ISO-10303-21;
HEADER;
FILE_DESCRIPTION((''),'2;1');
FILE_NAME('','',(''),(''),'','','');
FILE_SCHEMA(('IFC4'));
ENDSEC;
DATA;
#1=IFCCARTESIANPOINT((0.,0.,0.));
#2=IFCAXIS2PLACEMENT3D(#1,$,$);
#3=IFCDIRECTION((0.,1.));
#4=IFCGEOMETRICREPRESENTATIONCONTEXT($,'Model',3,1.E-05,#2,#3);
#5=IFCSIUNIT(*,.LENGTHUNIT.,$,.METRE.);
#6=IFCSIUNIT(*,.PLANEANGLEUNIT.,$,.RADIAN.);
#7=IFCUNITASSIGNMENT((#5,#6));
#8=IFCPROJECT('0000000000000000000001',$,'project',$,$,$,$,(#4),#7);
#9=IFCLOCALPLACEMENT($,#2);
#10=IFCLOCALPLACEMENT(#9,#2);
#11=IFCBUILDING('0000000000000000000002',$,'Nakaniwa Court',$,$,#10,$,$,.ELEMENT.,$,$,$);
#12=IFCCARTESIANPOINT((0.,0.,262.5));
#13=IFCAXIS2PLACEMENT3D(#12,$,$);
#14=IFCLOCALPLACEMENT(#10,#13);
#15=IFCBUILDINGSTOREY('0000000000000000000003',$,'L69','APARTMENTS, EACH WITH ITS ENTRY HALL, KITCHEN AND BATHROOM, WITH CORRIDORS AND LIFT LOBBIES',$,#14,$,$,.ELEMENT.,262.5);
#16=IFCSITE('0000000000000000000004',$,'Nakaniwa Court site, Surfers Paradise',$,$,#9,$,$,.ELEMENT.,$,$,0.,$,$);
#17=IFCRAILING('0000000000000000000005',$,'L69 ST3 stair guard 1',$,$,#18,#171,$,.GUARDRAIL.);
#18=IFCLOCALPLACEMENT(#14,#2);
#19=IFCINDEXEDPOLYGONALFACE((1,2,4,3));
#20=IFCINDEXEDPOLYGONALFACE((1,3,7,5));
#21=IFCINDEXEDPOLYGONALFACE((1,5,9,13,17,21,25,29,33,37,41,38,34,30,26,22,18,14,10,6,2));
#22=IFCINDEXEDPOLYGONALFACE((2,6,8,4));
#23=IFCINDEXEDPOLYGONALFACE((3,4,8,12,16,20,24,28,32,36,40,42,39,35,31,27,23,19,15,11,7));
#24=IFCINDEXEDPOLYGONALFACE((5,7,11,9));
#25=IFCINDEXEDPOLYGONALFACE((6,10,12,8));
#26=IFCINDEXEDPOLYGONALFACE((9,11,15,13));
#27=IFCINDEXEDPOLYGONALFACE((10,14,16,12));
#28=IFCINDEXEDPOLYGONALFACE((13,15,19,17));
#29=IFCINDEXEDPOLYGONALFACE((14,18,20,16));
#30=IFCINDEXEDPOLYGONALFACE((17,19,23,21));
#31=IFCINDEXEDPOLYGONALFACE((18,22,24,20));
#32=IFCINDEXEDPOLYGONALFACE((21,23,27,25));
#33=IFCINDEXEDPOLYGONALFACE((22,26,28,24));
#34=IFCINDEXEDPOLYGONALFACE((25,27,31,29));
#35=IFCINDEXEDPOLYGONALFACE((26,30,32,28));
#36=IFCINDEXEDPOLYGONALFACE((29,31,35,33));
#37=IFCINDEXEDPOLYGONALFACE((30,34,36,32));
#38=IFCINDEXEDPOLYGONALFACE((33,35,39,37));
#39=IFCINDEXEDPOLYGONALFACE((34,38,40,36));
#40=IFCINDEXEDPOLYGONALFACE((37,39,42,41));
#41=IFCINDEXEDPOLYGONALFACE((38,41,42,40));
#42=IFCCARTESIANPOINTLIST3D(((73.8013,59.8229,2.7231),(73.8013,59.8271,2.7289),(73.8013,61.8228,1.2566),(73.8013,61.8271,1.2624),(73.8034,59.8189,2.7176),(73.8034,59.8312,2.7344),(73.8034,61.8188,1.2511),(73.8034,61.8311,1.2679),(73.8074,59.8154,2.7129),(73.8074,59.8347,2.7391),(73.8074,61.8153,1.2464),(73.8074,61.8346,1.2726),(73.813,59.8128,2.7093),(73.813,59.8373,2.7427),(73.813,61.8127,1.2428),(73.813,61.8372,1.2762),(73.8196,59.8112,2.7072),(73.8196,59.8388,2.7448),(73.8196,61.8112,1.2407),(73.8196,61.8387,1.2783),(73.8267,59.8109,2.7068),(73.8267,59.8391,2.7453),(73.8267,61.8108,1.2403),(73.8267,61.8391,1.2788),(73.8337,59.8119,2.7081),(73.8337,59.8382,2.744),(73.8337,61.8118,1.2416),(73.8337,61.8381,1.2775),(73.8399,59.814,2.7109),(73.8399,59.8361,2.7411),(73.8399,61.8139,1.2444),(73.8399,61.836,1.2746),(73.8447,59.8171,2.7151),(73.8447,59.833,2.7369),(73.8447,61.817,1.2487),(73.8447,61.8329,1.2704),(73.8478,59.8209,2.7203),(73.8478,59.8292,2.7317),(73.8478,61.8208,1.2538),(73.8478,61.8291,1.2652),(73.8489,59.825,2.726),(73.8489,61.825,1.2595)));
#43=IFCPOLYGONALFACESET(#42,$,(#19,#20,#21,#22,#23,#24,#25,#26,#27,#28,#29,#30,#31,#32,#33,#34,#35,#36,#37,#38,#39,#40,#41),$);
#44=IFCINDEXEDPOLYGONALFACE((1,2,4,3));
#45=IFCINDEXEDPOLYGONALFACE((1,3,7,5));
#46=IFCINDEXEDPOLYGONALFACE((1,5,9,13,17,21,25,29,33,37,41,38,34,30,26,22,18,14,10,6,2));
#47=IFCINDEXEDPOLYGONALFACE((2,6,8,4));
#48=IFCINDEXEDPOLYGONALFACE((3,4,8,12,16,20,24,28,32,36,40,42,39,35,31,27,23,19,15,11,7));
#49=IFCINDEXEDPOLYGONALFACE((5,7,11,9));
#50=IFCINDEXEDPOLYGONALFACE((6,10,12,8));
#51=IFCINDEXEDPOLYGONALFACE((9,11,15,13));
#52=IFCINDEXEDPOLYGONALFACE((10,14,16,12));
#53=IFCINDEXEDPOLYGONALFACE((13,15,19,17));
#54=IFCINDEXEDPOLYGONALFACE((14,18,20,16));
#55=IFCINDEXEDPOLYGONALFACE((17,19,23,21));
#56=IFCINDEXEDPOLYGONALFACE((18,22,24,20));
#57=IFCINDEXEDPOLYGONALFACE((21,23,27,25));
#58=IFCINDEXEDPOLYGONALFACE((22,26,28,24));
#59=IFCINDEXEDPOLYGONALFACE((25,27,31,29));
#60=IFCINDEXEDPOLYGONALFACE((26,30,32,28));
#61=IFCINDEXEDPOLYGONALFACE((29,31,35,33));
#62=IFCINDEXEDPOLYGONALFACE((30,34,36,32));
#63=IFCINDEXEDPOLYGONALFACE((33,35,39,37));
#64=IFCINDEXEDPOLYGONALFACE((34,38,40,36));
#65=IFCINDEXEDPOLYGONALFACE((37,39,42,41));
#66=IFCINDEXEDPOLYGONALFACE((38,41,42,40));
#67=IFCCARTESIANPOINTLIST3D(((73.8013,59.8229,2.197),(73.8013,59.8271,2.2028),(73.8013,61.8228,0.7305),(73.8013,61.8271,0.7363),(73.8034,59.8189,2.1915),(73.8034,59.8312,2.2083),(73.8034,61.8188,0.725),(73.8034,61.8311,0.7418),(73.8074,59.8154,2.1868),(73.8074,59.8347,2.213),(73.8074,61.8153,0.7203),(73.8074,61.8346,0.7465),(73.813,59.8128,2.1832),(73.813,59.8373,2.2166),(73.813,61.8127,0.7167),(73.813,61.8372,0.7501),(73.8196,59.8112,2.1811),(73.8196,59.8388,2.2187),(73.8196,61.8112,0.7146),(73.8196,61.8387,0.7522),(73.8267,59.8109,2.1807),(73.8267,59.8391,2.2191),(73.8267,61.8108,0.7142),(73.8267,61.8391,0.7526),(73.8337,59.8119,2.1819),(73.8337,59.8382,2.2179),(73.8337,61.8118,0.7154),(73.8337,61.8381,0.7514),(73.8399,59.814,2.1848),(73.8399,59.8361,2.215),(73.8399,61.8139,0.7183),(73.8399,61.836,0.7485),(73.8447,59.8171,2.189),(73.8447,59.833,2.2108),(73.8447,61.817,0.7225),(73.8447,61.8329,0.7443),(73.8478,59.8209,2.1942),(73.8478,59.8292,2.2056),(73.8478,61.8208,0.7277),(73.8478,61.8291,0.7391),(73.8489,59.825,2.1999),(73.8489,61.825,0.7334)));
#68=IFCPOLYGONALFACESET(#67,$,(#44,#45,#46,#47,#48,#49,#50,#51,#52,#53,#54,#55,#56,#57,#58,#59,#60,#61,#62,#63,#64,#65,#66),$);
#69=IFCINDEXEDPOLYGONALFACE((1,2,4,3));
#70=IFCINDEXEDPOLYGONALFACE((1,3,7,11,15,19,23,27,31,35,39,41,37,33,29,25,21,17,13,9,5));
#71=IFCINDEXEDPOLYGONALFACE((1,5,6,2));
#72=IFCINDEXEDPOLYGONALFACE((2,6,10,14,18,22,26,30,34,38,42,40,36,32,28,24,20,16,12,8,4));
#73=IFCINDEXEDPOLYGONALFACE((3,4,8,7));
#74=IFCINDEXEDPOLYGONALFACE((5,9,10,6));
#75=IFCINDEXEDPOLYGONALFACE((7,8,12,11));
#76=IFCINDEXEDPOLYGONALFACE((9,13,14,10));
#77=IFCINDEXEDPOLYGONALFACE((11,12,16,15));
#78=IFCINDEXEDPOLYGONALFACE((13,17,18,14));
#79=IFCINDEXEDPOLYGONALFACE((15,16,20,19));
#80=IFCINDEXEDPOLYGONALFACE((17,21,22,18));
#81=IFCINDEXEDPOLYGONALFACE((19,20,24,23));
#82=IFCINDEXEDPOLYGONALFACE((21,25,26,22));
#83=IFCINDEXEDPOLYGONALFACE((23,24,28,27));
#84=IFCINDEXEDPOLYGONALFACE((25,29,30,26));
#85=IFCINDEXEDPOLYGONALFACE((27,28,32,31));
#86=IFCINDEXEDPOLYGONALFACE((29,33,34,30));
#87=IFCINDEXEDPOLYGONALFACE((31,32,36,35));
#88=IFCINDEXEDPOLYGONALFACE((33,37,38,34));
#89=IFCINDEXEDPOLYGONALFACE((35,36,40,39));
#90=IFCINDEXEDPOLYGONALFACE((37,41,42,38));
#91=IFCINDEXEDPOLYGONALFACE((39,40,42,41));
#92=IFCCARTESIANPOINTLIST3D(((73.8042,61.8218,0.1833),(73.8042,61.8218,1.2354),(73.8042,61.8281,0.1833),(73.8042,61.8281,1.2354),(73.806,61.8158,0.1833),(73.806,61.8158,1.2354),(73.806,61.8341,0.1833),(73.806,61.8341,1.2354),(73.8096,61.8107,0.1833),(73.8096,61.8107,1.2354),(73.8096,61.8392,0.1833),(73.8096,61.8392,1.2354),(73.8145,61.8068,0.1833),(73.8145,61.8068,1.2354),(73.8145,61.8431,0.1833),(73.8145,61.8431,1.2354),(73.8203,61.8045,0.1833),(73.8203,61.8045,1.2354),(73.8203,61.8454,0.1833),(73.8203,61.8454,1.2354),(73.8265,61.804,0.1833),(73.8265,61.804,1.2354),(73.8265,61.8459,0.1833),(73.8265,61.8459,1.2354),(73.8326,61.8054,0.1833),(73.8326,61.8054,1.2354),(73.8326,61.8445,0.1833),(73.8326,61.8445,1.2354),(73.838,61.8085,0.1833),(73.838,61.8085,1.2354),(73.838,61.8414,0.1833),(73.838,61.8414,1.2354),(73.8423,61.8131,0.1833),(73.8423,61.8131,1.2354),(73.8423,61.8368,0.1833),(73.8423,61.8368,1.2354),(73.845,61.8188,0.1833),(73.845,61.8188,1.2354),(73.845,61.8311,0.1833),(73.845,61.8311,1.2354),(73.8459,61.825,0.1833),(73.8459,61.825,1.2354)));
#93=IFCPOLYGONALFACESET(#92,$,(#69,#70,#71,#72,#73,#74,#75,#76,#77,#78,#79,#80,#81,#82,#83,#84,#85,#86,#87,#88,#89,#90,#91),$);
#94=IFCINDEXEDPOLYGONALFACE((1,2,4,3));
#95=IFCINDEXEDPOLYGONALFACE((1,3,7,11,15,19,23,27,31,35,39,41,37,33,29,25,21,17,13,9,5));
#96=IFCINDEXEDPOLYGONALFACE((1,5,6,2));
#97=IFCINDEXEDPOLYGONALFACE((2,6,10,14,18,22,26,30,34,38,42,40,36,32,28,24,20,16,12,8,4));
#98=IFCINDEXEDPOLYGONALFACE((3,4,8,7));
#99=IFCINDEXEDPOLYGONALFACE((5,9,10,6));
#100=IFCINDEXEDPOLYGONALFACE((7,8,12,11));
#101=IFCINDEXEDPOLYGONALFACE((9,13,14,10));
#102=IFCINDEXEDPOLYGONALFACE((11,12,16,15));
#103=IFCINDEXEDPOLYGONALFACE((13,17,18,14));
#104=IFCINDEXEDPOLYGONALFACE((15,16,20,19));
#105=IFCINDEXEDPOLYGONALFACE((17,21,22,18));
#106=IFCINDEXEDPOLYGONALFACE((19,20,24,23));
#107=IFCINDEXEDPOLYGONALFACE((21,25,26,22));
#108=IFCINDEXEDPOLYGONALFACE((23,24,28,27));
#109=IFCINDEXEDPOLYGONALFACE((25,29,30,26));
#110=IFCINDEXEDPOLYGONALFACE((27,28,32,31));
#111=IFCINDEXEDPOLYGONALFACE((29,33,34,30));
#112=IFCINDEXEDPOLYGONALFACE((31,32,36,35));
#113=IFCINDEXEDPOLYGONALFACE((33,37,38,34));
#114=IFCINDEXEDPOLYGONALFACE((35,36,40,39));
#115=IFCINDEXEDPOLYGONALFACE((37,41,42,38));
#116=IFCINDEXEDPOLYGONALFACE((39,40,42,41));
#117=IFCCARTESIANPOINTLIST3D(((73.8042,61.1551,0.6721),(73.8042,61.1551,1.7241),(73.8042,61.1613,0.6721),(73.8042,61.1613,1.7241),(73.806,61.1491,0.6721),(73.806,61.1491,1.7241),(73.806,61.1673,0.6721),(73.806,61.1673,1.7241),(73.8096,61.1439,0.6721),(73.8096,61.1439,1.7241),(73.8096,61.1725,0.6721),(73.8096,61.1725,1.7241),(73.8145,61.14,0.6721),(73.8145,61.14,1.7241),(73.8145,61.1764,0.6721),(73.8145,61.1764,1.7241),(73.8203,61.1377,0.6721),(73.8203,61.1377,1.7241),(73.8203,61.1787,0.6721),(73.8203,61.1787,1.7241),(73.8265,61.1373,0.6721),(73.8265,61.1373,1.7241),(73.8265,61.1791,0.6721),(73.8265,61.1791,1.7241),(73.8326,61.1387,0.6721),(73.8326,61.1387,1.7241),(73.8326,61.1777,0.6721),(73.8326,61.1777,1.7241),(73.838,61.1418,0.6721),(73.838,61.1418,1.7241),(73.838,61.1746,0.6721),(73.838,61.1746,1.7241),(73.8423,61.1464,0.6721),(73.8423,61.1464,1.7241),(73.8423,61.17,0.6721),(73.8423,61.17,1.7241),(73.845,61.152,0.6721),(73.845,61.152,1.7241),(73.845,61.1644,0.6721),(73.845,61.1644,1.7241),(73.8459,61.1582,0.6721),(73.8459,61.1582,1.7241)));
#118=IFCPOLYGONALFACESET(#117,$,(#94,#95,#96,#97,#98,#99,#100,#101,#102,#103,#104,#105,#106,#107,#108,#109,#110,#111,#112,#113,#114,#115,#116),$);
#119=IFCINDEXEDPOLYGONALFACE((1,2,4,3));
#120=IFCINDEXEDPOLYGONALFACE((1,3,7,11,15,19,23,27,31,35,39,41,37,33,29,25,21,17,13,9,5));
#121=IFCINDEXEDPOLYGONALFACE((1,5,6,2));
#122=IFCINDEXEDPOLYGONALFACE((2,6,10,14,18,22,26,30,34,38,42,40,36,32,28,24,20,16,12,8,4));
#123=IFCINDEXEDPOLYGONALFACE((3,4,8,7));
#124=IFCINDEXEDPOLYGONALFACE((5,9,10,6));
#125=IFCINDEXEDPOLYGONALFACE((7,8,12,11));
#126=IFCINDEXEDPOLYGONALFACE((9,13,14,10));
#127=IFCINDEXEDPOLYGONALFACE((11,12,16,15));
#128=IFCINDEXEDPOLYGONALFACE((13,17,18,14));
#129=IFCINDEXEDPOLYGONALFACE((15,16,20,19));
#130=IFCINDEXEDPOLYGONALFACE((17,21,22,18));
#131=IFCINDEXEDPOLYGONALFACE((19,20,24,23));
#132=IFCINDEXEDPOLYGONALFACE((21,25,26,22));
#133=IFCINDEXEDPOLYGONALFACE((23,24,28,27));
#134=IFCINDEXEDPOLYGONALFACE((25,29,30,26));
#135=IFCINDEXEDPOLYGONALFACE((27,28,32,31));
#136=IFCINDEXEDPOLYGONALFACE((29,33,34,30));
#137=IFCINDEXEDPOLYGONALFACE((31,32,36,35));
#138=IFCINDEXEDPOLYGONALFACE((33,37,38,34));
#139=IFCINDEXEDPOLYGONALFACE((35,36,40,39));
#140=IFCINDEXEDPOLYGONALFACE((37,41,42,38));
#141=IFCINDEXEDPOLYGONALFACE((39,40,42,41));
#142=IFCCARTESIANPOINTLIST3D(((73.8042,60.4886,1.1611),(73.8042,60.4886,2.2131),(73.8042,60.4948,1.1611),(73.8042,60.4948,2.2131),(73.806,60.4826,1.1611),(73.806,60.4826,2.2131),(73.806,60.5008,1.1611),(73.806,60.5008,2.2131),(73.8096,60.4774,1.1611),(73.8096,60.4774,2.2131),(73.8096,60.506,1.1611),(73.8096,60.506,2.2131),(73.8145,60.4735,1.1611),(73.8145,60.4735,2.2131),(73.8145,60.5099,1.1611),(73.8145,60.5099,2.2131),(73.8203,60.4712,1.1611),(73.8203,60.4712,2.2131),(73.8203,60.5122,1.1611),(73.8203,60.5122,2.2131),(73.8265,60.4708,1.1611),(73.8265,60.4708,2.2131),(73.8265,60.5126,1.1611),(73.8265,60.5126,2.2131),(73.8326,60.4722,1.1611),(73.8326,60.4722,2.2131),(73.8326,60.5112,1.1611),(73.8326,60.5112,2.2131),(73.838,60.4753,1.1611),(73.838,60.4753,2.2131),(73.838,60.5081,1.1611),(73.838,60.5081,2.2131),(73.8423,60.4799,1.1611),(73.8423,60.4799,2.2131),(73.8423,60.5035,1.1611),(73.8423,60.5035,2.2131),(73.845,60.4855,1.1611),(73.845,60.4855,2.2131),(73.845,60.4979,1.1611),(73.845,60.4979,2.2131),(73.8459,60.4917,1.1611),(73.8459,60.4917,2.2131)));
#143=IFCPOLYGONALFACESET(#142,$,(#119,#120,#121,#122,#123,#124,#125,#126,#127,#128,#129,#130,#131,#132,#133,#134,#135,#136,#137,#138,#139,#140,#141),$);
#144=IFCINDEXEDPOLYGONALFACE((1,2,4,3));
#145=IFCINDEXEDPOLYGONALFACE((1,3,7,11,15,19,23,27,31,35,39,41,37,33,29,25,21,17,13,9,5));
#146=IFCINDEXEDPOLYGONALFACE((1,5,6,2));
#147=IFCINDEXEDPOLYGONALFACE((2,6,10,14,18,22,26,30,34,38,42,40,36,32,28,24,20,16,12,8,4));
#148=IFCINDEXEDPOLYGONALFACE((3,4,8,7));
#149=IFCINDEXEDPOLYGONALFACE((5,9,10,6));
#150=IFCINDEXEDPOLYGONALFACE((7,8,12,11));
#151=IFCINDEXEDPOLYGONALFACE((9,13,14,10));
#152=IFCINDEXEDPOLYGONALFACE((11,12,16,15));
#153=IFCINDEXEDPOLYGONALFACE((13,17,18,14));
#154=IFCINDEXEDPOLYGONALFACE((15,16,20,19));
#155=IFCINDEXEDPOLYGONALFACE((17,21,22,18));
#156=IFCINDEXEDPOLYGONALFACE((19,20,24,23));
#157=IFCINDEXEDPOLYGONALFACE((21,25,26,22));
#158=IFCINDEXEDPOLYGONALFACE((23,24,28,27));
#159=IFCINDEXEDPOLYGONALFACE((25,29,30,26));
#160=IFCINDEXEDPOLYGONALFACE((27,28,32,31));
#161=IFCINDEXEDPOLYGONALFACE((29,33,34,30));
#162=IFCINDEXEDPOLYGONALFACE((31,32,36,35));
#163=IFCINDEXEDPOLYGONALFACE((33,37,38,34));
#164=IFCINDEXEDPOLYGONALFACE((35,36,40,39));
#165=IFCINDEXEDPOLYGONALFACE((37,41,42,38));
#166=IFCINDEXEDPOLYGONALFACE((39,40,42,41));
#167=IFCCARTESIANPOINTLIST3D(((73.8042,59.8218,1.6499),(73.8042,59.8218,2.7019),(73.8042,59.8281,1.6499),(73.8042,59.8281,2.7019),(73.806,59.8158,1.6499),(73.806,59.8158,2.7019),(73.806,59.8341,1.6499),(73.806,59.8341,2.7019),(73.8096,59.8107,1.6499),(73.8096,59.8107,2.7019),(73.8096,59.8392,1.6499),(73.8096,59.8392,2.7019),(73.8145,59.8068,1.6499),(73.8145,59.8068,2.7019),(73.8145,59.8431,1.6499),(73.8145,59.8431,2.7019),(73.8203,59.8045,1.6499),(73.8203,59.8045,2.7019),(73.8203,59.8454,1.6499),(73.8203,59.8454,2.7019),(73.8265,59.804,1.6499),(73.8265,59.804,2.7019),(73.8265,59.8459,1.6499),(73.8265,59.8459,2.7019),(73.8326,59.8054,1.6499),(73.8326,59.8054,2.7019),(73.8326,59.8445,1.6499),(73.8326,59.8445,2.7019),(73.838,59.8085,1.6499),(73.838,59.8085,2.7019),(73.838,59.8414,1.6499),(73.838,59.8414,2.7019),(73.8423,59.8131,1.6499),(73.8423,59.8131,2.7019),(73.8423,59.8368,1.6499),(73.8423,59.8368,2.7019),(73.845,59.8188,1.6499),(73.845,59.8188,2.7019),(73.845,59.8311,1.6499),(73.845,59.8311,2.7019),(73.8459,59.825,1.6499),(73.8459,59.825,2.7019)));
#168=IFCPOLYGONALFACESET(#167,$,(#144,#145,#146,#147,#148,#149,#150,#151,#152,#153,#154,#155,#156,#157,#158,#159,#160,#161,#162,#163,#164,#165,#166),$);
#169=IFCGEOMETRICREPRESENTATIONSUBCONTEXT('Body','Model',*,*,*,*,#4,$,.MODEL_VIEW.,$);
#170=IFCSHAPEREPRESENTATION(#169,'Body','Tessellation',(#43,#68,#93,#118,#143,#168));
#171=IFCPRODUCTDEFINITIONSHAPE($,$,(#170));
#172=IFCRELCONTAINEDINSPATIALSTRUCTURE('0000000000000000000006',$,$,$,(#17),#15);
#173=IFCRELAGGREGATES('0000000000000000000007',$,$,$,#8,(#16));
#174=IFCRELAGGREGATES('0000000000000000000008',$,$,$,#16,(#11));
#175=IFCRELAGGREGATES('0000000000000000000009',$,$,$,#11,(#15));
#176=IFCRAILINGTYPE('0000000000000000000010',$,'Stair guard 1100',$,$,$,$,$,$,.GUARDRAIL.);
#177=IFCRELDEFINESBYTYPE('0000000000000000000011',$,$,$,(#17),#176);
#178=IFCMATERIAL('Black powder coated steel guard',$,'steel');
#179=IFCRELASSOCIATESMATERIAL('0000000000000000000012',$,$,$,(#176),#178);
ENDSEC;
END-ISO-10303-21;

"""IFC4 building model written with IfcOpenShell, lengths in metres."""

from ifc_helpers import new_model, si_unit, direction, frame, origin, origin_2d, place, context, subcontext, project, spatial, circle, extrude, material, type_object, element, save


model = new_model("IFC4")

# Units and contexts
model_context = context("Model", 3, precision=1e-05, world=origin(), true_north=direction((0.0, 1.0)))
body_context = subcontext(model_context, "Body", "Model", "MODEL_VIEW")
ifc_project = project(units=[si_unit("LENGTHUNIT", "METRE"), si_unit("PLANEANGLEUNIT", "RADIAN")], contexts=[model_context])

# Site, building, storey
site_placement = place(None, origin())
site = spatial("IfcSite", under=ifc_project, at=site_placement, Name="Nakaniwa Court site, Surfers Paradise", CompositionType="ELEMENT", RefElevation=0.0)
building_placement = place(site_placement, origin())
building = spatial("IfcBuilding", under=site, at=building_placement, Name="Nakaniwa Court", CompositionType="ELEMENT")
storey_placement = place(building_placement, frame((0.0, 0.0, 262.5)))
storey = spatial("IfcBuildingStorey", under=building, at=storey_placement, Name="L69", Description="APARTMENTS, EACH WITH ITS ENTRY HALL, KITCHEN AND BATHROOM, WITH CORRIDORS AND LIFT LOBBIES", CompositionType="ELEMENT", Elevation=262.5)

# Railing
ifc_material_1 = material(Name="Black powder coated steel guard", Category="steel")
railing_type_1 = type_object("IfcRailingType", Name="Stair guard 1100", PredefinedType="GUARDRAIL", material=ifc_material_1)
railing_1_placement = place(storey_placement, frame((73.825, 61.825, 0.1833)))
element("IfcRailing", 1, at=railing_1_placement, inside=storey, type_object=railing_type_1, Name="L69 ST3 stair guard 1", PredefinedType="GUARDRAIL", context=body_context, shape_type="SweptSolid", body=[
    extrude(circle(Radius=0.0239, at=origin_2d()), frame((0.0, 0.0, 1.0762), z_axis=(0.0, -0.806427, 0.591334), x_axis=(1.0, 0.0, 0.0)), (0.0, 0.0, 1.0), 2.48),
    extrude(circle(Radius=0.0239, at=origin_2d()), frame((0.0, 0.0, 0.55), z_axis=(0.0, -0.806427, 0.591334), x_axis=(1.0, 0.0, 0.0)), (0.0, 0.0, 1.0), 2.48),
    extrude(circle(Radius=0.021, at=origin_2d()), origin(), (0.0, 0.0, 1.0), 1.052),
    extrude(circle(Radius=0.021, at=origin_2d()), frame((0.0, -0.6667, 0.4888)), (0.0, 0.0, 1.0), 1.052),
    extrude(circle(Radius=0.021, at=origin_2d()), frame((0.0, -1.3333, 0.9778)), (0.0, 0.0, 1.0), 1.052),
    extrude(circle(Radius=0.021, at=origin_2d()), frame((0.0, -2.0, 1.4666)), (0.0, 0.0, 1.0), 1.052),
])

save(model, "model.ifc")
